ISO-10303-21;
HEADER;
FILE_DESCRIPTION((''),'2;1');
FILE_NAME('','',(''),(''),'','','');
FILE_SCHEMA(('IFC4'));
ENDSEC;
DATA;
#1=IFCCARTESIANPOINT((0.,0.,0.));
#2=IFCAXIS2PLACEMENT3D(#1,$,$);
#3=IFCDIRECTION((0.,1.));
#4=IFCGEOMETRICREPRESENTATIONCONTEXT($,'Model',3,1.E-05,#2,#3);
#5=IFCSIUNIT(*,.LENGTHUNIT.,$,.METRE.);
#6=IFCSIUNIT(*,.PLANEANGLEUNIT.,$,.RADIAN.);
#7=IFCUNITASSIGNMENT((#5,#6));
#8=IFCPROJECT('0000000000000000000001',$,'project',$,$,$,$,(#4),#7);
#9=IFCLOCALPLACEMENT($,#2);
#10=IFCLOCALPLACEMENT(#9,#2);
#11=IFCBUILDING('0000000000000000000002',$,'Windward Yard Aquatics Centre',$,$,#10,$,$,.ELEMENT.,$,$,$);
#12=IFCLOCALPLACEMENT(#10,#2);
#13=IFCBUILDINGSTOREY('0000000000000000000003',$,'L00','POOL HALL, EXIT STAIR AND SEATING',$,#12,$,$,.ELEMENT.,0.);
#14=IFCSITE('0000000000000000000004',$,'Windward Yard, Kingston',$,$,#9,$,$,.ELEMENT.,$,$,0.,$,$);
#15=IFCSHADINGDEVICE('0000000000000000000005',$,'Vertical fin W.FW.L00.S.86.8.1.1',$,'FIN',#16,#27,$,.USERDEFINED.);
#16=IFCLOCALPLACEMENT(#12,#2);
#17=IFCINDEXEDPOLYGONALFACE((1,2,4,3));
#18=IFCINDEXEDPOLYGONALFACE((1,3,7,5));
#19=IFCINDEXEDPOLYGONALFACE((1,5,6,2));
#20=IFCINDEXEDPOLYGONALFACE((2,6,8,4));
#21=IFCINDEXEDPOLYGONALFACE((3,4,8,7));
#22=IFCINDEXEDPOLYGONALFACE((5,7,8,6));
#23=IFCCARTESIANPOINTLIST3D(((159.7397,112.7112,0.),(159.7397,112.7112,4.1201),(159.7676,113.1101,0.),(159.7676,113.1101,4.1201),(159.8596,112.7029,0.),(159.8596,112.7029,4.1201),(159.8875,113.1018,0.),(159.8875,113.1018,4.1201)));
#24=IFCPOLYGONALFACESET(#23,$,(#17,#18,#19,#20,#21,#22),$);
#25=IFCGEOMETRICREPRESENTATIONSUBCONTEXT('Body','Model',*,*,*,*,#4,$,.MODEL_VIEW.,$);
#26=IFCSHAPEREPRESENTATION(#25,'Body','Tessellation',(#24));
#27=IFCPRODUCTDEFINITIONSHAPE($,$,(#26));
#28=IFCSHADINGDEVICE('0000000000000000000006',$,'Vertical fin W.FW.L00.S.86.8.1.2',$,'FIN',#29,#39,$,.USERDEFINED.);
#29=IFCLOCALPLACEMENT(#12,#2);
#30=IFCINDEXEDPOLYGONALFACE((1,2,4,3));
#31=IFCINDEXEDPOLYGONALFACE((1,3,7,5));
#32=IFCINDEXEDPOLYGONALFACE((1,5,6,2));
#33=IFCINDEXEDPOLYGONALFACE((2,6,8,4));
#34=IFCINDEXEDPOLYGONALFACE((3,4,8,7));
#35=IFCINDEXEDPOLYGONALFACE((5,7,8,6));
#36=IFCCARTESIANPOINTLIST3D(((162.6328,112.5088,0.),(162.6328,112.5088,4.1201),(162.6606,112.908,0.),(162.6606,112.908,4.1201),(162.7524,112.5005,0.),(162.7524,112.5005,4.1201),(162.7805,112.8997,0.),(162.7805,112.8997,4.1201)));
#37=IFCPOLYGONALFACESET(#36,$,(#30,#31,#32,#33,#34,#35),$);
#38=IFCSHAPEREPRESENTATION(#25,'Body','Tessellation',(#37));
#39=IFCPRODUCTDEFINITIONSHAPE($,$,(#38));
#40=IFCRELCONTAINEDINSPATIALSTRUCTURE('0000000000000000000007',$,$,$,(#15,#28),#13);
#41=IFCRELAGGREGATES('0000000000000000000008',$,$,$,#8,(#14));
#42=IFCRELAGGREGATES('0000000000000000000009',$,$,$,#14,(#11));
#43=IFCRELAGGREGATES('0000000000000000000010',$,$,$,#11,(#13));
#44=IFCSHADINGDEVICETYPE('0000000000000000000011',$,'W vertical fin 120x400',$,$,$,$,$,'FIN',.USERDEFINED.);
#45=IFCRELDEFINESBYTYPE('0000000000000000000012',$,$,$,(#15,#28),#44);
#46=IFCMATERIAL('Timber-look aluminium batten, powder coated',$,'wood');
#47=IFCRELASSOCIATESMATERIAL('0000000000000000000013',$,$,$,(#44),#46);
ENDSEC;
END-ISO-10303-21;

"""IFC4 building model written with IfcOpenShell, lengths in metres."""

from ifc_helpers import new_model, si_unit, direction, origin, place, context, subcontext, project, spatial, polyline, outline, extrude, material, type_object, element, save


model = new_model("IFC4")

# Units and contexts
model_context = context("Model", 3, precision=1e-05, world=origin(), true_north=direction((0.0, 1.0)))
body_context = subcontext(model_context, "Body", "Model", "MODEL_VIEW")
ifc_project = project(units=[si_unit("LENGTHUNIT", "METRE"), si_unit("PLANEANGLEUNIT", "RADIAN")], contexts=[model_context])

# Site, building, storey
site_placement = place(None, origin())
site = spatial("IfcSite", under=ifc_project, at=site_placement, Name="Windward Yard, Kingston", CompositionType="ELEMENT", RefElevation=0.0)
building_placement = place(site_placement, origin())
building = spatial("IfcBuilding", under=site, at=building_placement, Name="Windward Yard Aquatics Centre", CompositionType="ELEMENT")
storey_placement = place(building_placement, origin())
storey = spatial("IfcBuildingStorey", under=building, at=storey_placement, Name="L00", Description="POOL HALL, EXIT STAIR AND SEATING", CompositionType="ELEMENT", Elevation=0.0)

# Shading devices
ifc_material_1 = material(Name="Timber-look aluminium batten, powder coated", Category="wood")
shading_device_type = type_object("IfcShadingDeviceType", Name="W vertical fin 120x400", ElementType="FIN", PredefinedType="USERDEFINED", material=ifc_material_1)
shading_device_1_placement = place(storey_placement, origin())
element("IfcShadingDevice", 1, at=shading_device_1_placement, inside=storey, type_object=shading_device_type, Name="Vertical fin W.FW.L00.S.86.8.1.1", ObjectType="FIN", PredefinedType="USERDEFINED", context=body_context, shape_type="SweptSolid", body=[
    extrude(outline(polyline([(159.7397, 112.7112), (159.7676, 113.1101), (159.8875, 113.1018), (159.8596, 112.7029), (159.7397, 112.7112)])), origin(), (0.0, 0.0, 1.0), 4.1201),
])
shading_device_2_placement = place(storey_placement, origin())
element("IfcShadingDevice", 2, at=shading_device_2_placement, inside=storey, type_object=shading_device_type, Name="Vertical fin W.FW.L00.S.86.8.1.2", ObjectType="FIN", PredefinedType="USERDEFINED", context=body_context, shape_type="SweptSolid", body=[
    extrude(outline(polyline([(162.6328, 112.5088), (162.6606, 112.908), (162.7805, 112.8997), (162.7524, 112.5005), (162.6328, 112.5088)])), origin(), (0.0, 0.0, 1.0), 4.1201),
])

save(model, "model.ifc")
